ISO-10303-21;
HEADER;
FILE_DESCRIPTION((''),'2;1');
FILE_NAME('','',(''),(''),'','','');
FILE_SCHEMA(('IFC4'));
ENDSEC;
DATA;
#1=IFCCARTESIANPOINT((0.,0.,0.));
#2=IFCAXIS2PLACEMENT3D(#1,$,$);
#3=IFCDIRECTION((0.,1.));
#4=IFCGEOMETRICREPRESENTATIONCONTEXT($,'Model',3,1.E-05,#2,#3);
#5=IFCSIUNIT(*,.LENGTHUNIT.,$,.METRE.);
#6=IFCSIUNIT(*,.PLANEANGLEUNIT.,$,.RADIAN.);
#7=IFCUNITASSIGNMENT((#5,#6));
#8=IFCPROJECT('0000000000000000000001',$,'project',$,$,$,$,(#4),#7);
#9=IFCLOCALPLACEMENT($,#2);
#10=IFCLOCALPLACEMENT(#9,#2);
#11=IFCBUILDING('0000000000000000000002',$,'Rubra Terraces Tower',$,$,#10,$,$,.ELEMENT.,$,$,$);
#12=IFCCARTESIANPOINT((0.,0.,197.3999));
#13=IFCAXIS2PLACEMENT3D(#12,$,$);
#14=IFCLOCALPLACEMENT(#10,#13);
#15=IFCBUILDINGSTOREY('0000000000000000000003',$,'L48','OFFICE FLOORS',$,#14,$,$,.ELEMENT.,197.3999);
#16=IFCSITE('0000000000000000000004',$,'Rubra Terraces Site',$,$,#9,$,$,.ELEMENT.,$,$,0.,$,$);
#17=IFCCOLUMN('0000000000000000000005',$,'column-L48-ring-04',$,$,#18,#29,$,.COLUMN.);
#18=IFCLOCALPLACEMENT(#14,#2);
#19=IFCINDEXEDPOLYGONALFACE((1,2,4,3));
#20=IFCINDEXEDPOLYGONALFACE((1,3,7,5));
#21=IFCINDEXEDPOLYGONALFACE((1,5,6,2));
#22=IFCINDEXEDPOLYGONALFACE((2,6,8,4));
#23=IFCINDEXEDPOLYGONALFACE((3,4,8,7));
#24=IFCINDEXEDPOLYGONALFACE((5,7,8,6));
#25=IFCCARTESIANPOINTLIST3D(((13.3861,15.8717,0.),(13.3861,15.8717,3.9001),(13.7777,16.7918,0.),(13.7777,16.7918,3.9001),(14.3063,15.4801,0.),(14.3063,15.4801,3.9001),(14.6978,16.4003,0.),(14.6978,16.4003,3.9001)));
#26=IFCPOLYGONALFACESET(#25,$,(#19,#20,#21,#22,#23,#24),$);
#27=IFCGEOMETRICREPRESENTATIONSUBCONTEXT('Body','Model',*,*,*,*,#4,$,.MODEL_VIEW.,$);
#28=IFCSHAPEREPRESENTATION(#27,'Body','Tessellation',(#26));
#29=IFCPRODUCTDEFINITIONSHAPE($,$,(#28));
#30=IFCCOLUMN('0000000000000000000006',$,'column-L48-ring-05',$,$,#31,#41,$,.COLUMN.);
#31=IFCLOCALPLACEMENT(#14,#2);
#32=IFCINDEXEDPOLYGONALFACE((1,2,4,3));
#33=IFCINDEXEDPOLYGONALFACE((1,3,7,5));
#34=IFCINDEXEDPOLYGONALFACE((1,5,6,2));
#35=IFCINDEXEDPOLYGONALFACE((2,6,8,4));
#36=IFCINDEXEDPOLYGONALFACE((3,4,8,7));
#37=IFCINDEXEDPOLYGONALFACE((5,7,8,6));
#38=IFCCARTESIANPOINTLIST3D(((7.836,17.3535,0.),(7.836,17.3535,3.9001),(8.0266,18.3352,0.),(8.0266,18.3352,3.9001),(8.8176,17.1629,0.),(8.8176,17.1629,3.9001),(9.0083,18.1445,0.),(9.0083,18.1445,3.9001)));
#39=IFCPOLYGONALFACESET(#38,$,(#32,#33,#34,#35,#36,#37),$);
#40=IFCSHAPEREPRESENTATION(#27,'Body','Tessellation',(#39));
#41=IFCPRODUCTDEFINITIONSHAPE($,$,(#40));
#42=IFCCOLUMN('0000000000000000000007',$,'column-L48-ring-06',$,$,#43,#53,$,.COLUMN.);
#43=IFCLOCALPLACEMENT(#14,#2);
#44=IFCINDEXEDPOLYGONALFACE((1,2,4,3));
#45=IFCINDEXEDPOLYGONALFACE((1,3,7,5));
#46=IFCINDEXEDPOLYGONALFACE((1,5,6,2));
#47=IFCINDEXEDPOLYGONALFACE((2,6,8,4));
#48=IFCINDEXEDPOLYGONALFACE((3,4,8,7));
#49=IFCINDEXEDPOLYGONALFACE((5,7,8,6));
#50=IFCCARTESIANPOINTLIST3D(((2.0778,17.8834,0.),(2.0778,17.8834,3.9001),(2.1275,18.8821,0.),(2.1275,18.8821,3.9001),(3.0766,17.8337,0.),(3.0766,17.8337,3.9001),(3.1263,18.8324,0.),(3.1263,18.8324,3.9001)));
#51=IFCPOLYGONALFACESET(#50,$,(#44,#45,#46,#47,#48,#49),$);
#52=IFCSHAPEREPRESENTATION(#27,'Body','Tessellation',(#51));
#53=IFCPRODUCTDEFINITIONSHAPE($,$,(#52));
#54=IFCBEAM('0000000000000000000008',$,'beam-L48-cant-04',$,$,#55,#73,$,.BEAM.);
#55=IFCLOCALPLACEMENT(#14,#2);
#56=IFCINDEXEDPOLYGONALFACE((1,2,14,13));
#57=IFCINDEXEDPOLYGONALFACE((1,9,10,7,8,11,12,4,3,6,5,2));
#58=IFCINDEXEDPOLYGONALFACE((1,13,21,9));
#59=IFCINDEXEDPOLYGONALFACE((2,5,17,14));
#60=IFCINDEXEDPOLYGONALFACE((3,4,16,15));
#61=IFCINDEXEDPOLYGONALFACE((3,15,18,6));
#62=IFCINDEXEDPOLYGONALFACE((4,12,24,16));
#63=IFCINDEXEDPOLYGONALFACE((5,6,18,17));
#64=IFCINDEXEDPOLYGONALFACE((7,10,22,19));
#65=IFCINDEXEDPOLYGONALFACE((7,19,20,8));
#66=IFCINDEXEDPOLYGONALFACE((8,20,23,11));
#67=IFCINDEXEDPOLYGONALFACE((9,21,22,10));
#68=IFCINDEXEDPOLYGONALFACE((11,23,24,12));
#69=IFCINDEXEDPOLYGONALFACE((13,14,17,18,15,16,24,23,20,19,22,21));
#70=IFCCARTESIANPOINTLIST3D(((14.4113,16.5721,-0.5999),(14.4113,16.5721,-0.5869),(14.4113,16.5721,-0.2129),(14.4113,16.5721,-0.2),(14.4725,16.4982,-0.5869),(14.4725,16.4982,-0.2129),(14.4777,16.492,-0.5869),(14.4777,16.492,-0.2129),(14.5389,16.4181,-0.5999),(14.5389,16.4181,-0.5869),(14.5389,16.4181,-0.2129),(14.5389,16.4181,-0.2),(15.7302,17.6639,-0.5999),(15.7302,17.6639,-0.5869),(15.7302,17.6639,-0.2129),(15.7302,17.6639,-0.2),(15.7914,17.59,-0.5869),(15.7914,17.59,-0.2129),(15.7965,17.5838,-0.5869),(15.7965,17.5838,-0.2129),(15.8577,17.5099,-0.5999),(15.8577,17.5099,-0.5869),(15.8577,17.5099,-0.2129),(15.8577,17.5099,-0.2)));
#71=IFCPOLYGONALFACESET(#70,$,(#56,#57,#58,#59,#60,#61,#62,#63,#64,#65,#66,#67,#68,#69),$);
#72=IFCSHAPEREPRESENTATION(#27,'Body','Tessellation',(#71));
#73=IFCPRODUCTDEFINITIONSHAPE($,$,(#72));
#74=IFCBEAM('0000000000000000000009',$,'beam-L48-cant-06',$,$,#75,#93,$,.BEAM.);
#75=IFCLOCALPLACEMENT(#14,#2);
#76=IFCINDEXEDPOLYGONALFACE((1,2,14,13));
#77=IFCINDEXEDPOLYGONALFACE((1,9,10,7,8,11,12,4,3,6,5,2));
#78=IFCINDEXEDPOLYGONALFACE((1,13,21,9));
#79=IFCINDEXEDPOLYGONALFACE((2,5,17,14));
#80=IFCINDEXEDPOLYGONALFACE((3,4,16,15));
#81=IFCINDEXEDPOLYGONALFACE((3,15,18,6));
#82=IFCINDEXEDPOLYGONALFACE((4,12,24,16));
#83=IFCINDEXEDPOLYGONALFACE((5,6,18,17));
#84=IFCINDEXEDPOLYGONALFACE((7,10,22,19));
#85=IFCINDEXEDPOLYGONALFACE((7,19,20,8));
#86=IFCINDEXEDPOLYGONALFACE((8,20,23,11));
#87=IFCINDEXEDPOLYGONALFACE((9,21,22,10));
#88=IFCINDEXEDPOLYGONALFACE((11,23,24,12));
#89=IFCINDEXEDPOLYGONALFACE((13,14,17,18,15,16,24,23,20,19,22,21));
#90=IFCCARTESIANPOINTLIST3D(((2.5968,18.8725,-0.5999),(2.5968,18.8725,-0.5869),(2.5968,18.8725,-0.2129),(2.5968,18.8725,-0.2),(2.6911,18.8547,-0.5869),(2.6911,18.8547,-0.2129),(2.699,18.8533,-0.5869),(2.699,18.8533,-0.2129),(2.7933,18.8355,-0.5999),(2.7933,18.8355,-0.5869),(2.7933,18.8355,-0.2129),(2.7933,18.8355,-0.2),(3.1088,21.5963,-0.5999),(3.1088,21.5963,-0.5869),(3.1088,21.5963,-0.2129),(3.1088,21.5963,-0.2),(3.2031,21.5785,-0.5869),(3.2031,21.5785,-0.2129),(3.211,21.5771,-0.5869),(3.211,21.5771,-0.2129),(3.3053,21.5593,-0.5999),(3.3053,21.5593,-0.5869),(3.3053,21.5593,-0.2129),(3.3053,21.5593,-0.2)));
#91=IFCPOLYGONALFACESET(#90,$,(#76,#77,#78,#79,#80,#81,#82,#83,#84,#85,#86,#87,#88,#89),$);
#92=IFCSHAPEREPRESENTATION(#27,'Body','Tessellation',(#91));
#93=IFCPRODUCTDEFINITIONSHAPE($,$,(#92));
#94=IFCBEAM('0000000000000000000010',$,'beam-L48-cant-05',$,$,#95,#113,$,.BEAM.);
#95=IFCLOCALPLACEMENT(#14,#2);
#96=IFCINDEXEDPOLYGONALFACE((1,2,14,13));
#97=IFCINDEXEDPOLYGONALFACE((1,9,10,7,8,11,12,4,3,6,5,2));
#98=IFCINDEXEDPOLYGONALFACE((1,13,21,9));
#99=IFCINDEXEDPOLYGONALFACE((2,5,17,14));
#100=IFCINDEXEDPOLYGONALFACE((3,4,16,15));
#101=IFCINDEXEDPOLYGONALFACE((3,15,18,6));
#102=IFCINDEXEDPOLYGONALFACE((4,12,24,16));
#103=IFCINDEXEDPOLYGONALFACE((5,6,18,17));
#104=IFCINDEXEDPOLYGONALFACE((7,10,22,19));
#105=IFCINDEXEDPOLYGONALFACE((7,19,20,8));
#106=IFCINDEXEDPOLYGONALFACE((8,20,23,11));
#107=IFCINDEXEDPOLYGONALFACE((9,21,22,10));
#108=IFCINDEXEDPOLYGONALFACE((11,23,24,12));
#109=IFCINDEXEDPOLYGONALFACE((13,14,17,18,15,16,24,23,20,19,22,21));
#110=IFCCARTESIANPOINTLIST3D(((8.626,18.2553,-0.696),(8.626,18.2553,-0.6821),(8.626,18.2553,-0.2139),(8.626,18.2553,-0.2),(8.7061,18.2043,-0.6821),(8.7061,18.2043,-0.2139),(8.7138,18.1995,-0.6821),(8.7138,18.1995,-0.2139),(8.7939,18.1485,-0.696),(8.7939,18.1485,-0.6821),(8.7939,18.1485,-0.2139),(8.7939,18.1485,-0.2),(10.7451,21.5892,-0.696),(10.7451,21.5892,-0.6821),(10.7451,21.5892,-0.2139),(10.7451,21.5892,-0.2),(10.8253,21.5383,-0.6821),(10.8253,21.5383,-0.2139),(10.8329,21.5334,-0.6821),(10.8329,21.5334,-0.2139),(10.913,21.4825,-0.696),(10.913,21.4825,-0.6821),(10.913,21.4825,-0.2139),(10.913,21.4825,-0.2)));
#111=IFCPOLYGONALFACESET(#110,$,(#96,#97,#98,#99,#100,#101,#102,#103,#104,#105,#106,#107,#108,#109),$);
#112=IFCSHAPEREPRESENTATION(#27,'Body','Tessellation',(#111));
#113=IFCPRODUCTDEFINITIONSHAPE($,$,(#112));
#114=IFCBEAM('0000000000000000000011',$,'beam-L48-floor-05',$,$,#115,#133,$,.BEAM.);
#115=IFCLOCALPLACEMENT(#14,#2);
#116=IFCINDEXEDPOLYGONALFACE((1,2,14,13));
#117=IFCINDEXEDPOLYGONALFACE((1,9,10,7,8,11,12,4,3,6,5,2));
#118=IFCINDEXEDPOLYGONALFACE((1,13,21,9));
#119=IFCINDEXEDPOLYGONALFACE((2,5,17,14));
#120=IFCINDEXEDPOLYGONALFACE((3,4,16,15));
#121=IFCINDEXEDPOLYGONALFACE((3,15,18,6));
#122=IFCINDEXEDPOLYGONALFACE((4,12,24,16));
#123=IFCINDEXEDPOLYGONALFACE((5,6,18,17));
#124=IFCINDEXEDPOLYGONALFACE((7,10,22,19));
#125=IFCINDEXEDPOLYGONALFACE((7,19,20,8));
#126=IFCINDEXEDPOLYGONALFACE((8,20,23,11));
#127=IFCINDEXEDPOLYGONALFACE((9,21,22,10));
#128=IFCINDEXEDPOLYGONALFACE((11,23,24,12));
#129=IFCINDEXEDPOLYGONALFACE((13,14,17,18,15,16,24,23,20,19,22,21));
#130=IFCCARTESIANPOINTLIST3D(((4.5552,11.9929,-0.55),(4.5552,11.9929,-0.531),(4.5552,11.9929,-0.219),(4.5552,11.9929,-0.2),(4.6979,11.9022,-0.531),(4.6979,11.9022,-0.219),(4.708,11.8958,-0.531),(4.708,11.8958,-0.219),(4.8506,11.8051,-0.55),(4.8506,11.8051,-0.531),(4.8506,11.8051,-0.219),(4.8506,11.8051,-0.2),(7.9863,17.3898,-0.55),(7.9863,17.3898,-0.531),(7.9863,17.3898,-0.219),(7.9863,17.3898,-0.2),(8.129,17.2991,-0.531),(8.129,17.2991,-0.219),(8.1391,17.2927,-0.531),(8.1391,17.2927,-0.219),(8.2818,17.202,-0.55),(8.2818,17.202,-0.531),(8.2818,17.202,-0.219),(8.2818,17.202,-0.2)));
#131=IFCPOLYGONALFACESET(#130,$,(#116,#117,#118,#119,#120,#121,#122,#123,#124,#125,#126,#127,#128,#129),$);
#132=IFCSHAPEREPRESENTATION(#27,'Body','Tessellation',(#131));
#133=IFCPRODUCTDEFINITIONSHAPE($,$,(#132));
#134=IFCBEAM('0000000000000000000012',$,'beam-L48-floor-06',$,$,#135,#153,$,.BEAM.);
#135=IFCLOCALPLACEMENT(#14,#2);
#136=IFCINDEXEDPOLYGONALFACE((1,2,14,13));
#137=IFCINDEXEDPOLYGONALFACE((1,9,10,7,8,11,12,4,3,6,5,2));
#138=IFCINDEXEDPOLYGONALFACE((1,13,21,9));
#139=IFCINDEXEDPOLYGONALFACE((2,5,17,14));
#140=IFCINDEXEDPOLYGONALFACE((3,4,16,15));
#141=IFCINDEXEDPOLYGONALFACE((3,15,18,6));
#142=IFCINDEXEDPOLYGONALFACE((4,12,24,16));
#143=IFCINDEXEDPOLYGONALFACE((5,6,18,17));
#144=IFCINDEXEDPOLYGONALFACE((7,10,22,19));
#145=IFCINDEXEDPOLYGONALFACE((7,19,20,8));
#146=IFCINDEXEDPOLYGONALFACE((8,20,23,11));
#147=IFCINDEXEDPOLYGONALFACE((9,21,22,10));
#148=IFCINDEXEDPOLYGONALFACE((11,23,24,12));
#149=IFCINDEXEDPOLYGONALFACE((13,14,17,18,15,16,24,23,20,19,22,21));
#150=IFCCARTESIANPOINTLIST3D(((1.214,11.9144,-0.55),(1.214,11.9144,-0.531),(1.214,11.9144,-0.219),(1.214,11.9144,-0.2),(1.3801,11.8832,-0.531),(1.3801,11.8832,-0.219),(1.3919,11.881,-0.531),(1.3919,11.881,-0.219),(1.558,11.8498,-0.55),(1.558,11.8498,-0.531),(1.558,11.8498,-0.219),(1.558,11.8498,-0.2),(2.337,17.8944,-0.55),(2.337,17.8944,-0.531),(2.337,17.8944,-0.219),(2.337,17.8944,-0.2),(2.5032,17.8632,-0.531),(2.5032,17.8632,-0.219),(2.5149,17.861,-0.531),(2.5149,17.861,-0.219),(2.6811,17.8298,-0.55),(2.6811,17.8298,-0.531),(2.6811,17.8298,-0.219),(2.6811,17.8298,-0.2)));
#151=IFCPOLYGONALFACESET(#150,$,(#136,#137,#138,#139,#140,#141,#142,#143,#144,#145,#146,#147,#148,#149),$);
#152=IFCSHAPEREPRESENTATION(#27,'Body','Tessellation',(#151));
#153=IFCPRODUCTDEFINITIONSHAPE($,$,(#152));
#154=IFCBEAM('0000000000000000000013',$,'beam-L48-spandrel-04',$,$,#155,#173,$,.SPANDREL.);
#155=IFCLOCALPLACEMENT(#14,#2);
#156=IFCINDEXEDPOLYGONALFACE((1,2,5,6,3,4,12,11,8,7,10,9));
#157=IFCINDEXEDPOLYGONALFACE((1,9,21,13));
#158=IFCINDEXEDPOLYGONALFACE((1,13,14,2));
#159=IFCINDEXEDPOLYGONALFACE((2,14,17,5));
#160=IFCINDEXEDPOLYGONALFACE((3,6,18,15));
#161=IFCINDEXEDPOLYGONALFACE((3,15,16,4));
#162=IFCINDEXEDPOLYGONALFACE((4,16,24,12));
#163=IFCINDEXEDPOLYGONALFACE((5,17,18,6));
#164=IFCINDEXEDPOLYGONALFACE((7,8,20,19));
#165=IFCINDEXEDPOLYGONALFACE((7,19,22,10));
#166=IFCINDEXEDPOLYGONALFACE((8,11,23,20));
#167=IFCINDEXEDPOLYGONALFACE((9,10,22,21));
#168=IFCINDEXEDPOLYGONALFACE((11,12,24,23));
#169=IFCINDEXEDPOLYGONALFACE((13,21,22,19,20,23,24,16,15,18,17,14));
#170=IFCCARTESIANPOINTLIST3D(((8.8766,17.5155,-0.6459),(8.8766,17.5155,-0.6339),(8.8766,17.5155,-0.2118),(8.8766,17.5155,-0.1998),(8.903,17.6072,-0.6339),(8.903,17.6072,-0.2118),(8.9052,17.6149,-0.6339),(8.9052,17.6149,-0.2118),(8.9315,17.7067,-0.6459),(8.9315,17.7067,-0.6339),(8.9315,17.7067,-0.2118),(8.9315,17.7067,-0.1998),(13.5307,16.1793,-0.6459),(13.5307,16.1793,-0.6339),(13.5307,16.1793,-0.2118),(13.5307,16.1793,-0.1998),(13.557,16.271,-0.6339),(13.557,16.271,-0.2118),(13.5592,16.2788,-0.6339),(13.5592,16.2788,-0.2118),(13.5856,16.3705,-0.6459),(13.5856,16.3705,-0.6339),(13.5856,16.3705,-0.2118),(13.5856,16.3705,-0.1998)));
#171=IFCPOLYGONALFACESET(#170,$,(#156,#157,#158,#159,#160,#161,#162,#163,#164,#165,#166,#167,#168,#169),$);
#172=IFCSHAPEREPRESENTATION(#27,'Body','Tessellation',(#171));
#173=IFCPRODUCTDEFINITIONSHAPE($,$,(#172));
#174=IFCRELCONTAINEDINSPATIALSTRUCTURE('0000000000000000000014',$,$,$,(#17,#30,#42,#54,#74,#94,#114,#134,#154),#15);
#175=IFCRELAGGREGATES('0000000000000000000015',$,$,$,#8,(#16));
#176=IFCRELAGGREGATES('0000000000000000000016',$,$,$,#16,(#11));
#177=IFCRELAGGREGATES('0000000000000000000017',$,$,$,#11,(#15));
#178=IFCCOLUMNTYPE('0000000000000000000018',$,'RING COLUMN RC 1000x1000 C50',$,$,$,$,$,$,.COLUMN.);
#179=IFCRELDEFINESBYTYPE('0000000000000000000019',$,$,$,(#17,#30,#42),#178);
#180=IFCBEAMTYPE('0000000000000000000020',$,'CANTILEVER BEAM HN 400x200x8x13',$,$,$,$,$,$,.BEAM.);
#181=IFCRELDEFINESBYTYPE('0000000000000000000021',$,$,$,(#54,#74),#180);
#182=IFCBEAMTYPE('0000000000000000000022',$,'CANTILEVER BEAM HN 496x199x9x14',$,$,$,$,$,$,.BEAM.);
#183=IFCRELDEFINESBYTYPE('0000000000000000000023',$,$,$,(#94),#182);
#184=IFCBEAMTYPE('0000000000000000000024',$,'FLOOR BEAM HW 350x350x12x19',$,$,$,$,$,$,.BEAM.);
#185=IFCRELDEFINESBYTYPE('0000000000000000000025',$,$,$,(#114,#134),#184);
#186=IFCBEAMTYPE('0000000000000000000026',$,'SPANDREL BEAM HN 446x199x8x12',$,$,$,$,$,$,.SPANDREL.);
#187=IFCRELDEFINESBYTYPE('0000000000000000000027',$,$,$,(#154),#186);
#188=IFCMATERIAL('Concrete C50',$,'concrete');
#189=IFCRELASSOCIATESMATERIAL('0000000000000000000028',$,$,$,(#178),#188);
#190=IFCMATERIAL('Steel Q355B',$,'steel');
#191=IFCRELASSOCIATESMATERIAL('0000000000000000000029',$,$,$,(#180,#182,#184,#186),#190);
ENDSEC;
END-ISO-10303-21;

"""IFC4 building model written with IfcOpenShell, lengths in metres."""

from ifc_helpers import new_model, si_unit, direction, frame, origin, origin_2d, place, context, subcontext, project, spatial, rectangle, i_section, extrude, material, material_profile, profile_set, type_object, element, save


model = new_model("IFC4")

# Units and contexts
model_context = context("Model", 3, precision=1e-05, world=origin(), true_north=direction((0.0, 1.0)))
body_context = subcontext(model_context, "Body", "Model", "MODEL_VIEW")
ifc_project = project(units=[si_unit("LENGTHUNIT", "METRE"), si_unit("PLANEANGLEUNIT", "RADIAN")], contexts=[model_context])

# Site, building, storey
site_placement = place(None, origin())
site = spatial("IfcSite", under=ifc_project, at=site_placement, Name="Rubra Terraces Site", CompositionType="ELEMENT", RefElevation=0.0)
building_placement = place(site_placement, origin())
building = spatial("IfcBuilding", under=site, at=building_placement, Name="Rubra Terraces Tower", CompositionType="ELEMENT")
storey_placement = place(building_placement, frame((0.0, 0.0, 197.3999)))
storey = spatial("IfcBuildingStorey", under=building, at=storey_placement, Name="L48", Description="OFFICE FLOORS", CompositionType="ELEMENT", Elevation=197.3999)

# Columns
ifc_material_1 = material(Name="Concrete C50", Category="concrete")
ifc_material_profile_1 = material_profile(ifc_material_1, rectangle(XDim=1.0, YDim=1.0, at=origin_2d()), Name="RC 1000x1000")
ifc_profile_set_1 = profile_set([ifc_material_profile_1], Name="Concrete C50")
column_type = type_object("IfcColumnType", Name="RING COLUMN RC 1000x1000 C50", PredefinedType="COLUMN", material=ifc_profile_set_1)
for number, where, z_axis, x_axis, name in (
    (1, (14.042, 16.136, 0.0), (0.0, 0.0, 1.0), (-0.920168, 0.391524, 0.0), "column-L48-ring-04"),
    (2, (8.4221, 17.749, 0.0), (0.0, 0.0, 1.0), (-0.981655, 0.190668, 0.0), "column-L48-ring-05"),
    (3, (2.6021, 18.3579, 0.0), (0.0, 0.0, 1.0), (-0.998764, 0.049699, 0.0), "column-L48-ring-06"),
):
    element("IfcColumn", number, at=place(storey_placement, frame(where, z_axis=z_axis, x_axis=x_axis)), inside=storey, type_object=column_type, Name=name, PredefinedType="COLUMN", context=body_context, shape_type="SweptSolid", body=[
        extrude(rectangle(XDim=1.0, YDim=1.0, at=origin_2d()), origin(), (0.0, 0.0, 1.0), 3.9001),
    ])

# Beams
ifc_material_2 = material(Name="Steel Q355B", Category="steel")
ifc_material_profile_2 = material_profile(ifc_material_2, i_section(OverallWidth=0.2, OverallDepth=0.3999, WebThickness=0.0081, FlangeThickness=0.0129, at=origin_2d()), Name="HN 400x200x8x13")
ifc_profile_set_2 = profile_set([ifc_material_profile_2], Name="Steel Q355B")
beam_type_1 = type_object("IfcBeamType", Name="CANTILEVER BEAM HN 400x200x8x13", PredefinedType="BEAM", material=ifc_profile_set_2)
beam_1_placement = place(storey_placement, frame((14.4751, 16.4951, -0.3999), z_axis=(0.770298, 0.637684, 0.0), x_axis=(-0.637684, 0.770298, 0.0)))
element("IfcBeam", 4, at=beam_1_placement, inside=storey, type_object=beam_type_1, Name="beam-L48-cant-04", PredefinedType="BEAM", context=body_context, shape_type="SweptSolid", body=[
    extrude(i_section(OverallWidth=0.2, OverallDepth=0.3999, WebThickness=0.0081, FlangeThickness=0.0129, at=origin_2d()), origin(), (0.0, 0.0, 1.0), 1.7122),
])
beam_2_placement = place(storey_placement, frame((2.6951, 18.854, -0.3999), z_axis=(0.184719, 0.982791, 0.0), x_axis=(-0.982791, 0.184719, 0.0)))
element("IfcBeam", 5, at=beam_2_placement, inside=storey, type_object=beam_type_1, Name="beam-L48-cant-06", PredefinedType="BEAM", context=body_context, shape_type="SweptSolid", body=[
    extrude(i_section(OverallWidth=0.2, OverallDepth=0.3999, WebThickness=0.0081, FlangeThickness=0.0129, at=origin_2d()), origin(), (0.0, 0.0, 1.0), 2.7715),
])
ifc_material_profile_3 = material_profile(ifc_material_2, i_section(OverallWidth=0.199, OverallDepth=0.4961, WebThickness=0.009, FlangeThickness=0.0139, at=origin_2d()), Name="HN 496x199x9x14")
ifc_profile_set_3 = profile_set([ifc_material_profile_3], Name="Steel Q355B")
beam_type_2 = type_object("IfcBeamType", Name="CANTILEVER BEAM HN 496x199x9x14", PredefinedType="BEAM", material=ifc_profile_set_3)
beam_3_placement = place(storey_placement, frame((8.71, 18.2019, -0.448), z_axis=(0.536428, 0.843946, 0.0), x_axis=(-0.843946, 0.536428, 0.0)))
element("IfcBeam", 6, at=beam_3_placement, inside=storey, type_object=beam_type_2, Name="beam-L48-cant-05", PredefinedType="BEAM", context=body_context, shape_type="SweptSolid", body=[
    extrude(i_section(OverallWidth=0.199, OverallDepth=0.4961, WebThickness=0.009, FlangeThickness=0.0139, at=origin_2d()), origin(), (0.0, 0.0, 1.0), 3.9504),
])
ifc_material_profile_4 = material_profile(ifc_material_2, i_section(OverallWidth=0.3501, OverallDepth=0.3501, WebThickness=0.012, FlangeThickness=0.019, at=origin_2d()), Name="HW 350x350x12x19")
ifc_profile_set_4 = profile_set([ifc_material_profile_4], Name="Steel Q355B")
beam_type_3 = type_object("IfcBeamType", Name="FLOOR BEAM HW 350x350x12x19", PredefinedType="BEAM", material=ifc_profile_set_4)
beam_4_placement = place(storey_placement, frame((8.134, 17.2959, -0.375), z_axis=(-0.53651, -0.843894, 0.0), x_axis=(0.843894, -0.53651, 0.0)))
element("IfcBeam", 7, at=beam_4_placement, inside=storey, type_object=beam_type_3, Name="beam-L48-floor-05", PredefinedType="BEAM", context=body_context, shape_type="SweptSolid", body=[
    extrude(i_section(OverallWidth=0.3501, OverallDepth=0.3501, WebThickness=0.012, FlangeThickness=0.019, at=origin_2d()), origin(), (0.0, 0.0, 1.0), 6.3953),
])
beam_5_placement = place(storey_placement, frame((2.509, 17.8621, -0.375), z_axis=(-0.184574, -0.982819, 0.0), x_axis=(0.982819, -0.184574, 0.0)))
element("IfcBeam", 8, at=beam_5_placement, inside=storey, type_object=beam_type_3, Name="beam-L48-floor-06", PredefinedType="BEAM", context=body_context, shape_type="SweptSolid", body=[
    extrude(i_section(OverallWidth=0.3501, OverallDepth=0.3501, WebThickness=0.012, FlangeThickness=0.019, at=origin_2d()), origin(), (0.0, 0.0, 1.0), 6.0845),
])
ifc_material_profile_5 = material_profile(ifc_material_2, i_section(OverallWidth=0.199, OverallDepth=0.446, WebThickness=0.0081, FlangeThickness=0.012, at=origin_2d()), Name="HN 446x199x8x12")
ifc_profile_set_5 = profile_set([ifc_material_profile_5], Name="Steel Q355B")
beam_type_4 = type_object("IfcBeamType", Name="SPANDREL BEAM HN 446x199x8x12", PredefinedType="SPANDREL", material=ifc_profile_set_5)
beam_6_placement = place(storey_placement, frame((13.5581, 16.2749, -0.4229), z_axis=(-0.961171, 0.275953, 0.0), x_axis=(-0.275953, -0.961171, 0.0)))
element("IfcBeam", 9, at=beam_6_placement, inside=storey, type_object=beam_type_4, Name="beam-L48-spandrel-04", PredefinedType="SPANDREL", context=body_context, shape_type="SweptSolid", body=[
    extrude(i_section(OverallWidth=0.199, OverallDepth=0.446, WebThickness=0.0081, FlangeThickness=0.012, at=origin_2d()), origin(), (0.0, 0.0, 1.0), 4.842),
])

save(model, "model.ifc")
